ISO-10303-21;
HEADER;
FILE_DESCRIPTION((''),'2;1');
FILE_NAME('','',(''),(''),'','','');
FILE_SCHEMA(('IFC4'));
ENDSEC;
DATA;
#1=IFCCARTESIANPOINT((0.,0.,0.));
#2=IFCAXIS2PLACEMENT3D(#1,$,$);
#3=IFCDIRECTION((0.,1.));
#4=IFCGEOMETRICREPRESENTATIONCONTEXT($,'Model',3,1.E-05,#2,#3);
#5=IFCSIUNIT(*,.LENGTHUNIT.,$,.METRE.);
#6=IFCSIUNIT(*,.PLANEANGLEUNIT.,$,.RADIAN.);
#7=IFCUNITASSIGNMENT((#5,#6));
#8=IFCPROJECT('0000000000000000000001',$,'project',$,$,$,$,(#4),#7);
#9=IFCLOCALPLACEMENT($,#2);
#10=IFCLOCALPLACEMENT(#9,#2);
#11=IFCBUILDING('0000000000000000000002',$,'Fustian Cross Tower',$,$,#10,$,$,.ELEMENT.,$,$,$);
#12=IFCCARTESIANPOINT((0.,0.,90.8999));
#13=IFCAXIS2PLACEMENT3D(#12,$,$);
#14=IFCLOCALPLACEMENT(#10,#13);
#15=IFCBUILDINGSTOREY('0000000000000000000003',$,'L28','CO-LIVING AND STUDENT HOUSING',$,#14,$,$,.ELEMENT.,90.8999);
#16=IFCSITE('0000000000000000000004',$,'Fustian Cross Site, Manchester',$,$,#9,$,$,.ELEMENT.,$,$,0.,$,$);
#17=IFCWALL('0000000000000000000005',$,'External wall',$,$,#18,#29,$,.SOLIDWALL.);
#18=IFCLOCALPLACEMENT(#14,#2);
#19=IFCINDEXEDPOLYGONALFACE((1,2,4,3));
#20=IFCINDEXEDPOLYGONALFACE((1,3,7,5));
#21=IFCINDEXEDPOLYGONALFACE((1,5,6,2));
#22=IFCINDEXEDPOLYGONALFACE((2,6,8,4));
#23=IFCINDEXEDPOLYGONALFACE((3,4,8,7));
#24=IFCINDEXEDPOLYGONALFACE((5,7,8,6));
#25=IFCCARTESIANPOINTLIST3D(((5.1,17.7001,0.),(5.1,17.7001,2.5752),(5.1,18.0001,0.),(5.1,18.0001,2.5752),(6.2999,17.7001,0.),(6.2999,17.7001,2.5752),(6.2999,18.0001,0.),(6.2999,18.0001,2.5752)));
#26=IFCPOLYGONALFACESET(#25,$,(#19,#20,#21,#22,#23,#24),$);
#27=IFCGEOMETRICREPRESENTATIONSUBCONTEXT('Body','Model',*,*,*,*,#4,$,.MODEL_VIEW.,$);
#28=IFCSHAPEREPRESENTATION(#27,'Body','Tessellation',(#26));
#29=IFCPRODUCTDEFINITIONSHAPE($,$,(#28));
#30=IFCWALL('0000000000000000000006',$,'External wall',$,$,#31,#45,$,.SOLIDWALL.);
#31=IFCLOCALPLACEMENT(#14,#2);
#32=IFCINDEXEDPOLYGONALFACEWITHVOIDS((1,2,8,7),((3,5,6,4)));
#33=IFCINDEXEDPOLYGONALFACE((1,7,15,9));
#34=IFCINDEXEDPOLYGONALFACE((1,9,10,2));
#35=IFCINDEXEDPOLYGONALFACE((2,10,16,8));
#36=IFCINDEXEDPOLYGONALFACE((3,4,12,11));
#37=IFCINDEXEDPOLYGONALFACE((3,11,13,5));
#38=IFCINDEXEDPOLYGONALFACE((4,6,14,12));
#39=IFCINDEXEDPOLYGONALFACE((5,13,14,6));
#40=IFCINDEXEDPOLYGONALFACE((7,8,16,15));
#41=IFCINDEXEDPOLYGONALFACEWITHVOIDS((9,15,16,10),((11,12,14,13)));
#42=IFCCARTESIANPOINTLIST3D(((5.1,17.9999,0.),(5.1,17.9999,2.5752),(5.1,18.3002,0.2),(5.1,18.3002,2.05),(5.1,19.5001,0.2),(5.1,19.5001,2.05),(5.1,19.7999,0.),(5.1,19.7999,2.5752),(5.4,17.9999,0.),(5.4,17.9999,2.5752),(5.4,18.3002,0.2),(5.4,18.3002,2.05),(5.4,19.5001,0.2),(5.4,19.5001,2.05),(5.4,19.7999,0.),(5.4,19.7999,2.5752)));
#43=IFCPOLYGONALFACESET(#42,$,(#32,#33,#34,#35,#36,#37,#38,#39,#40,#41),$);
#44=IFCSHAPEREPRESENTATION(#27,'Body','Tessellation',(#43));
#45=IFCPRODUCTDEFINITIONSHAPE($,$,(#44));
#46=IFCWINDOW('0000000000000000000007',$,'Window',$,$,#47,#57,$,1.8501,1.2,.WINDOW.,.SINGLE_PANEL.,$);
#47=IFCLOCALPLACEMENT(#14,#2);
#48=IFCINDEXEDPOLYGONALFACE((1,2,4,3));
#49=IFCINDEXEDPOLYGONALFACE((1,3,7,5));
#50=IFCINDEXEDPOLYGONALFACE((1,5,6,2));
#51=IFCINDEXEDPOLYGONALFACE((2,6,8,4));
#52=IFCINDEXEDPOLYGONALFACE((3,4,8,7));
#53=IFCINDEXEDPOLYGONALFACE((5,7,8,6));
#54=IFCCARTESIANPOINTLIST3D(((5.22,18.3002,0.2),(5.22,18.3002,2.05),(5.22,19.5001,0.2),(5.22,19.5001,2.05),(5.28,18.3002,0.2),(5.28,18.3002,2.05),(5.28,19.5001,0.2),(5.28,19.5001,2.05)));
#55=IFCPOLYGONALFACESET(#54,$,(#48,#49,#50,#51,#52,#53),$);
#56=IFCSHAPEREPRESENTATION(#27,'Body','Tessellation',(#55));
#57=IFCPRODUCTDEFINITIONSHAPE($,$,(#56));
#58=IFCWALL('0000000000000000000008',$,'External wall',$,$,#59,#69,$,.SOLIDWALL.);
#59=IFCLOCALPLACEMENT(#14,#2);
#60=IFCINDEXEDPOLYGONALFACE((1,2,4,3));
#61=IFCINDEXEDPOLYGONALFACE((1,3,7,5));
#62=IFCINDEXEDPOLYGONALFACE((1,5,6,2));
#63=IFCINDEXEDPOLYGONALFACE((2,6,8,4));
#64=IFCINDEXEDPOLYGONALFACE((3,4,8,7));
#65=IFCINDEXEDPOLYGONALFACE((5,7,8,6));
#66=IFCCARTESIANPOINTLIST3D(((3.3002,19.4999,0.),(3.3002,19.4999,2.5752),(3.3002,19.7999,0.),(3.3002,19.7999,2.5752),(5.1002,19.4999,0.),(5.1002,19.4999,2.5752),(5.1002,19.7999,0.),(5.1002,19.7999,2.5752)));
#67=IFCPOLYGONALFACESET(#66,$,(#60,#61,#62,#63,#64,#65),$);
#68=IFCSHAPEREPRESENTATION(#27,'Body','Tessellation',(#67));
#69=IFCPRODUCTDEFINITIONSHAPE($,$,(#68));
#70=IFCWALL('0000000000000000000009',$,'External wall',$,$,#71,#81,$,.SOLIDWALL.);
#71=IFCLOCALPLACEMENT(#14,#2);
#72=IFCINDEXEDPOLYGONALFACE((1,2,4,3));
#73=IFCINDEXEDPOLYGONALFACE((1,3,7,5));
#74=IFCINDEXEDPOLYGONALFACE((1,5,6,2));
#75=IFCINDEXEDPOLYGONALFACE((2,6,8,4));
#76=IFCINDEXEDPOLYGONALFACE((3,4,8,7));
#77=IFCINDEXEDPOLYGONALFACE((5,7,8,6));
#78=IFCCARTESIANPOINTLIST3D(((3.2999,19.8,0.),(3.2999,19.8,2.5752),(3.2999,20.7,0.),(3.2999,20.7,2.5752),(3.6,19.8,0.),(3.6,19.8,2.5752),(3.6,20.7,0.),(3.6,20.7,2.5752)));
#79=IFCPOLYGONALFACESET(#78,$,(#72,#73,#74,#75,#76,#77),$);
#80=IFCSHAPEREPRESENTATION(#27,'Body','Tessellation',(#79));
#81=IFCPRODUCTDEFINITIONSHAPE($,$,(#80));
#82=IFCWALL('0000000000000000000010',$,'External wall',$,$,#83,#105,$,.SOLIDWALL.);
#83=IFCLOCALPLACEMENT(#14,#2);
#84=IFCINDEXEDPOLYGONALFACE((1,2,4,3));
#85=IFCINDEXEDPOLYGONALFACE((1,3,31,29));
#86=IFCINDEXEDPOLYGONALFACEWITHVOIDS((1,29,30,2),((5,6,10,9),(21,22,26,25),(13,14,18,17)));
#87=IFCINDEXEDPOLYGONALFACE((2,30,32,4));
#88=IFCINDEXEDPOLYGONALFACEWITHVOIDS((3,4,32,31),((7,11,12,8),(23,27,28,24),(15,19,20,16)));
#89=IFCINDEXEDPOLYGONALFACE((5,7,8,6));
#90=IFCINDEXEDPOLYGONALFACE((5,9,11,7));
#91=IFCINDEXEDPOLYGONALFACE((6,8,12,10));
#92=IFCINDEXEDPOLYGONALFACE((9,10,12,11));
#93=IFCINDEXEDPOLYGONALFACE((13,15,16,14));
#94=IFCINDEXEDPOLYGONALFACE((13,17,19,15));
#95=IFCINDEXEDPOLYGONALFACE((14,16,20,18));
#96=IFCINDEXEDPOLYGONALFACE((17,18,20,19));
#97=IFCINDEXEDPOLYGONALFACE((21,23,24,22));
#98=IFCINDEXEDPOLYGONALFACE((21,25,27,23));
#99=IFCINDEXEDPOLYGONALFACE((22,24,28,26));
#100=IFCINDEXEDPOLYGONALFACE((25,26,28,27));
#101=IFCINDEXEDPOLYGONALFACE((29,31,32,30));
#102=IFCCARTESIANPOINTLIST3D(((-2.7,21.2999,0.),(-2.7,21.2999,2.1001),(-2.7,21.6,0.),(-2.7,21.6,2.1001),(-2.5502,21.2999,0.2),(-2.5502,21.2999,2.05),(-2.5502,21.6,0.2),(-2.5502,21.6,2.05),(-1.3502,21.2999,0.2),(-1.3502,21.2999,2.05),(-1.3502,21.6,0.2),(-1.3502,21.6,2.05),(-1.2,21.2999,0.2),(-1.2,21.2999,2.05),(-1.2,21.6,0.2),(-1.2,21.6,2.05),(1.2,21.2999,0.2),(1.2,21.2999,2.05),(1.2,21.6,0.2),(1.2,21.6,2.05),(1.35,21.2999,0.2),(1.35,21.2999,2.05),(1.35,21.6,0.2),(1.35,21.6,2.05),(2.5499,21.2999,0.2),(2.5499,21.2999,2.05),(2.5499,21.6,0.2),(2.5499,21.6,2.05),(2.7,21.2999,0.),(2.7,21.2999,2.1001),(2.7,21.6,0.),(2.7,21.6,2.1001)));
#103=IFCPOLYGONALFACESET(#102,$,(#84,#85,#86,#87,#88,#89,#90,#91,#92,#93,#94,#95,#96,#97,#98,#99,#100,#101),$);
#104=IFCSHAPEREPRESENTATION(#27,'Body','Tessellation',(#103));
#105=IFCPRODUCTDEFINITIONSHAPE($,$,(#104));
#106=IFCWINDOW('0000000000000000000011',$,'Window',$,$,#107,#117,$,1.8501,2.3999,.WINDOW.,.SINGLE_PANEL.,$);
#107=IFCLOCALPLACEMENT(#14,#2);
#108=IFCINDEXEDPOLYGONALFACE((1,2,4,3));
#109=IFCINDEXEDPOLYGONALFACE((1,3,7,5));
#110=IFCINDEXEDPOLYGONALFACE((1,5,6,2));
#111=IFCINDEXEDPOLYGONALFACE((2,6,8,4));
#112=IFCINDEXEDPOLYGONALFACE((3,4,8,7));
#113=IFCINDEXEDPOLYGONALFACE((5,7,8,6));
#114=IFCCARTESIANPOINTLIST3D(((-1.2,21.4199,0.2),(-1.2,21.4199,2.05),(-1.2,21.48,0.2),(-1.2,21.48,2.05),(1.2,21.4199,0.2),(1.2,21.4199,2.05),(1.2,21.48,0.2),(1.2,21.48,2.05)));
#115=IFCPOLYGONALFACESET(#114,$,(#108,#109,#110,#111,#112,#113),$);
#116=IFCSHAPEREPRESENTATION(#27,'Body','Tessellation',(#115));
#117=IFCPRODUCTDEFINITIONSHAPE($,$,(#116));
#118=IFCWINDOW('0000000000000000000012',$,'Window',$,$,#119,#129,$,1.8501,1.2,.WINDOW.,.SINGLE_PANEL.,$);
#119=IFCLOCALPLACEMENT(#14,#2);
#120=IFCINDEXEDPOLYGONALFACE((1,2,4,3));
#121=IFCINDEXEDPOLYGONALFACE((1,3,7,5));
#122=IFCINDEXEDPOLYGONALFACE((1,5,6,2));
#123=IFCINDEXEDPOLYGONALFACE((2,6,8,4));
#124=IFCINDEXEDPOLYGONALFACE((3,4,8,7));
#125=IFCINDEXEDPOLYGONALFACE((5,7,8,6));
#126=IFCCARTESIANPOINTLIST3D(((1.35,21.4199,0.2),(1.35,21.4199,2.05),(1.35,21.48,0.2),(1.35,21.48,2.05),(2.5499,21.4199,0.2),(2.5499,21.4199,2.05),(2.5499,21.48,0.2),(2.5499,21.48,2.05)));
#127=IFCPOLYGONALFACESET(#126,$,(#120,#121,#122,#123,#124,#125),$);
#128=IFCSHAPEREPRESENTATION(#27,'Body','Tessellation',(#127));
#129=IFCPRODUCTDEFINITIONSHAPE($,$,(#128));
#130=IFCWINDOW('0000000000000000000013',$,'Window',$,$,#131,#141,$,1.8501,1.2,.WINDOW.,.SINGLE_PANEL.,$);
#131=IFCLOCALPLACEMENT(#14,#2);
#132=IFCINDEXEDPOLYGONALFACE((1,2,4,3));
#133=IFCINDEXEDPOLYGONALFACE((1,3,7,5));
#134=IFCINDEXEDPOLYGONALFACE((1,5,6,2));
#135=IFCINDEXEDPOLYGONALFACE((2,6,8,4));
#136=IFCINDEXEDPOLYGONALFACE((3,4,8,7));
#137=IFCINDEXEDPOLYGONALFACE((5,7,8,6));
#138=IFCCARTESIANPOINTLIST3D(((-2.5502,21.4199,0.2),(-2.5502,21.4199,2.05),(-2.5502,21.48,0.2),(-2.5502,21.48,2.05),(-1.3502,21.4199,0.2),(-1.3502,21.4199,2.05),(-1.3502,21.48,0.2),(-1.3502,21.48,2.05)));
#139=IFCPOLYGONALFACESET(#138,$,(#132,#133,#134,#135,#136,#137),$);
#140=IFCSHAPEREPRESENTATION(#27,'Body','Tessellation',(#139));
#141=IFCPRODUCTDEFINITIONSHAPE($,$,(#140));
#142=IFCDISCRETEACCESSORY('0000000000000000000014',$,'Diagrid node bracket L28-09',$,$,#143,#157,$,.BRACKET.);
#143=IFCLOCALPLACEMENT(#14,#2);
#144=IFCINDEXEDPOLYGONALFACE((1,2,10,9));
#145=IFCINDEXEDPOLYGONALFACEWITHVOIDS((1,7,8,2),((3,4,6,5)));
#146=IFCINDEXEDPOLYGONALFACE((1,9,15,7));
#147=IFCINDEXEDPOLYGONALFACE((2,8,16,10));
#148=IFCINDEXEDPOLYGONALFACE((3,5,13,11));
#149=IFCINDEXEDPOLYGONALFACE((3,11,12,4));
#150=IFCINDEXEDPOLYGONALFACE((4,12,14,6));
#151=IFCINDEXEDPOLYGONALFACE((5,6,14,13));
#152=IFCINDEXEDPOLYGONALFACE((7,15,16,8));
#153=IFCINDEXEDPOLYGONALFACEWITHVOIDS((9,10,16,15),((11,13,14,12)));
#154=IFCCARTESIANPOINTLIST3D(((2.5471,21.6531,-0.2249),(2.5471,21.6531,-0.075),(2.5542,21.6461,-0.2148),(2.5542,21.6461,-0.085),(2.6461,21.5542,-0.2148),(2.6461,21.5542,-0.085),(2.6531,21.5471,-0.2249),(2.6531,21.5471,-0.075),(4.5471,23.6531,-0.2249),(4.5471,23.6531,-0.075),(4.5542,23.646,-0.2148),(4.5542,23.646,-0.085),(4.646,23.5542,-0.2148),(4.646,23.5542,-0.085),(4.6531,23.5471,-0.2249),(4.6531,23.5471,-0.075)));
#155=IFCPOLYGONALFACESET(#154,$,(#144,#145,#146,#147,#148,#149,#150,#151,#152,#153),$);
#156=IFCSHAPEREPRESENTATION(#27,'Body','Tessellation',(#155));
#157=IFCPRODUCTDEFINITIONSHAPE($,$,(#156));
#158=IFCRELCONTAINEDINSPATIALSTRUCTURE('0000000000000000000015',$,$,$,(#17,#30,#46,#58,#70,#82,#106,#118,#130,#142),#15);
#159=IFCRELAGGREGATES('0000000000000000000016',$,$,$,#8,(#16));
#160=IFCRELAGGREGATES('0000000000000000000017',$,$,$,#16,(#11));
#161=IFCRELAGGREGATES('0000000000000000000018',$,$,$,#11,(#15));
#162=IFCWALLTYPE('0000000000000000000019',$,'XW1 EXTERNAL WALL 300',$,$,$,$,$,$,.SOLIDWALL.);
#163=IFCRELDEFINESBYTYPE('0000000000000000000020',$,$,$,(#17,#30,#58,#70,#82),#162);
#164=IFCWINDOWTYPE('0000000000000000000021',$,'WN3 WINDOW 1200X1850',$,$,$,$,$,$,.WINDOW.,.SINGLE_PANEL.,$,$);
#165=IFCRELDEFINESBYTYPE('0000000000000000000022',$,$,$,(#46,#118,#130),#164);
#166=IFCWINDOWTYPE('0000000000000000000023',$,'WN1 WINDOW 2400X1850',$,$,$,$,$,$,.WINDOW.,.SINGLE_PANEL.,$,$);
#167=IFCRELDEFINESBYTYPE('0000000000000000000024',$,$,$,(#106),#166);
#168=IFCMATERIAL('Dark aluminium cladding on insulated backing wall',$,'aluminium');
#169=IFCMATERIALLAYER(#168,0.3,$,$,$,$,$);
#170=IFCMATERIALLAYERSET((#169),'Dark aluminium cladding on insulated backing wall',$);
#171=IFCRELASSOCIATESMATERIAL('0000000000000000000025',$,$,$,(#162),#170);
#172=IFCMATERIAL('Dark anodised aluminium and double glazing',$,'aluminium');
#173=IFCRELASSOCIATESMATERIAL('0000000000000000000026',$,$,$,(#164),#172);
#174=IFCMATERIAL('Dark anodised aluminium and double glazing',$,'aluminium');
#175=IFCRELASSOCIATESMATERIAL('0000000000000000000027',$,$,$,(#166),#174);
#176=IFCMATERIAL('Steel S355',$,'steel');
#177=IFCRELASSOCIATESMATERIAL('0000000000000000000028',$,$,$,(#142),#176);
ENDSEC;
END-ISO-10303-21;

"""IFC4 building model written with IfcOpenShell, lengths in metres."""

from ifc_helpers import new_model, si_unit, direction, frame, frame_2d, origin, origin_2d, place, context, subcontext, project, spatial, rectangle, hollow_rectangle, extrude, material, layer, layer_set, type_object, element, fill, save


model = new_model("IFC4")

# Units and contexts
model_context = context("Model", 3, precision=1e-05, world=origin(), true_north=direction((0.0, 1.0)))
body_context = subcontext(model_context, "Body", "Model", "MODEL_VIEW")
ifc_project = project(units=[si_unit("LENGTHUNIT", "METRE"), si_unit("PLANEANGLEUNIT", "RADIAN")], contexts=[model_context])

# Site, building, storey
site_placement = place(None, origin())
site = spatial("IfcSite", under=ifc_project, at=site_placement, Name="Fustian Cross Site, Manchester", CompositionType="ELEMENT", RefElevation=0.0)
building_placement = place(site_placement, origin())
building = spatial("IfcBuilding", under=site, at=building_placement, Name="Fustian Cross Tower", CompositionType="ELEMENT")
storey_placement = place(building_placement, frame((0.0, 0.0, 90.8999)))
storey = spatial("IfcBuildingStorey", under=building, at=storey_placement, Name="L28", Description="CO-LIVING AND STUDENT HOUSING", CompositionType="ELEMENT", Elevation=90.8999)

# Wall
ifc_material_1 = material(Name="Dark aluminium cladding on insulated backing wall", Category="aluminium")
ifc_layer_1 = layer(ifc_material_1, 0.3)
ifc_layer_set_1 = layer_set([ifc_layer_1], Name="Dark aluminium cladding on insulated backing wall")
wall_type_1 = type_object("IfcWallType", Name="XW1 EXTERNAL WALL 300", PredefinedType="SOLIDWALL", material=ifc_layer_set_1)
wall_1_placement = place(storey_placement, frame((6.3, 17.8501, 0.0), z_axis=(0.0, 0.0, 1.0), x_axis=(-1.0, 0.0, 0.0)))
element("IfcWall", 1, at=wall_1_placement, inside=storey, type_object=wall_type_1, Name="External wall", PredefinedType="SOLIDWALL", context=body_context, shape_type="SweptSolid", body=[
    extrude(rectangle(XDim=1.2, YDim=0.3, at=frame_2d((0.6001, 0.0))), origin(), (0.0, 0.0, 1.0), 2.5752),
])

# Wall, opening, window
wall_2_placement = place(storey_placement, frame((5.25, 18.0, 0.0), z_axis=(0.0, 0.0, 1.0), x_axis=(0.0, 1.0, 0.0)))
wall_2 = element("IfcWall", 2, at=wall_2_placement, inside=storey, type_object=wall_type_1, Name="External wall", PredefinedType="SOLIDWALL", context=body_context, shape_type="SweptSolid", body=[
    extrude(rectangle(XDim=1.8, YDim=0.3, at=frame_2d((0.8999, 0.0))), origin(), (0.0, 0.0, 1.0), 2.5752),
])
opening_1_placement = place(wall_2_placement, frame((0.3, 0.0, 0.2)))
opening_1 = element("IfcOpeningElement", 3, at=opening_1_placement, cuts=wall_2, PredefinedType="OPENING", context=body_context, shape_type="SweptSolid", body=[
    extrude(rectangle(XDim=1.2, YDim=1.8501, at=frame_2d((0.6001, 0.925))), frame((0.0, 0.1599, 0.0), z_axis=(0.0, -1.0, 0.0), x_axis=(1.0, 0.0, 0.0)), (0.0, 0.0, 1.0), 0.3201),
])
ifc_material_2 = material(Name="Dark anodised aluminium and double glazing", Category="aluminium")
window_type_1 = type_object("IfcWindowType", Name="WN3 WINDOW 1200X1850", PartitioningType="SINGLE_PANEL", PredefinedType="WINDOW", material=ifc_material_2)
window_1_placement = place(opening_1_placement, origin())
window_1 = element("IfcWindow", 4, at=window_1_placement, inside=storey, type_object=window_type_1, Name="Window", OverallHeight=1.8501, OverallWidth=1.2, PartitioningType="SINGLE_PANEL", PredefinedType="WINDOW", context=body_context, shape_type="SweptSolid", body=[
    extrude(rectangle(XDim=1.2, YDim=1.8501, at=frame_2d((0.6001, 0.925))), frame((0.0, 0.03, 0.0), z_axis=(0.0, -1.0, 0.0), x_axis=(1.0, 0.0, 0.0)), (0.0, 0.0, 1.0), 0.0601),
])
fill(opening_1, window_1)

# Walls
wall_3_placement = place(storey_placement, frame((5.1001, 19.6499, 0.0), z_axis=(0.0, 0.0, 1.0), x_axis=(-1.0, 0.0, 0.0)))
element("IfcWall", 5, at=wall_3_placement, inside=storey, type_object=wall_type_1, Name="External wall", PredefinedType="SOLIDWALL", context=body_context, shape_type="SweptSolid", body=[
    extrude(rectangle(XDim=1.8, YDim=0.3, at=frame_2d((0.8999, 0.0))), origin(), (0.0, 0.0, 1.0), 2.5752),
])
wall_4_placement = place(storey_placement, frame((3.45, 19.8, 0.0), z_axis=(0.0, 0.0, 1.0), x_axis=(0.0, 1.0, 0.0)))
element("IfcWall", 6, at=wall_4_placement, inside=storey, type_object=wall_type_1, Name="External wall", PredefinedType="SOLIDWALL", context=body_context, shape_type="SweptSolid", body=[
    extrude(rectangle(XDim=0.8999, YDim=0.3, at=frame_2d((0.45, 0.0))), origin(), (0.0, 0.0, 1.0), 2.5752),
])

# Wall, openings, windows
wall_5_placement = place(storey_placement, frame((2.7, 21.45, 0.0), z_axis=(0.0, 0.0, 1.0), x_axis=(-1.0, 0.0, 0.0)))
wall_5 = element("IfcWall", 7, at=wall_5_placement, inside=storey, type_object=wall_type_1, Name="External wall", PredefinedType="SOLIDWALL", context=body_context, shape_type="SweptSolid", body=[
    extrude(rectangle(XDim=5.3999, YDim=0.3, at=frame_2d((2.7, 0.0))), origin(), (0.0, 0.0, 1.0), 2.1001),
])
opening_2_placement = place(wall_5_placement, frame((1.5, 0.0, 0.2)))
opening_2 = element("IfcOpeningElement", 8, at=opening_2_placement, cuts=wall_5, PredefinedType="OPENING", context=body_context, shape_type="SweptSolid", body=[
    extrude(rectangle(XDim=2.3999, YDim=1.8501, at=frame_2d((1.2, 0.925))), frame((0.0, 0.1599, 0.0), z_axis=(0.0, -1.0, 0.0), x_axis=(1.0, 0.0, 0.0)), (0.0, 0.0, 1.0), 0.3201),
])
opening_3_placement = place(wall_5_placement, frame((0.1499, 0.0, 0.2)))
opening_3 = element("IfcOpeningElement", 9, at=opening_3_placement, cuts=wall_5, PredefinedType="OPENING", context=body_context, shape_type="SweptSolid", body=[
    extrude(rectangle(XDim=1.2, YDim=1.8501, at=frame_2d((0.6001, 0.925))), frame((0.0, 0.1599, 0.0), z_axis=(0.0, -1.0, 0.0), x_axis=(1.0, 0.0, 0.0)), (0.0, 0.0, 1.0), 0.3201),
])
opening_4_placement = place(wall_5_placement, frame((4.05, 0.0, 0.2)))
opening_4 = element("IfcOpeningElement", 10, at=opening_4_placement, cuts=wall_5, PredefinedType="OPENING", context=body_context, shape_type="SweptSolid", body=[
    extrude(rectangle(XDim=1.2, YDim=1.8501, at=frame_2d((0.6001, 0.925))), frame((0.0, 0.1599, 0.0), z_axis=(0.0, -1.0, 0.0), x_axis=(1.0, 0.0, 0.0)), (0.0, 0.0, 1.0), 0.3201),
])
ifc_material_3 = material(Name="Dark anodised aluminium and double glazing", Category="aluminium")
window_type_2 = type_object("IfcWindowType", Name="WN1 WINDOW 2400X1850", PartitioningType="SINGLE_PANEL", PredefinedType="WINDOW", material=ifc_material_3)
window_2_placement = place(opening_2_placement, origin())
window_2 = element("IfcWindow", 11, at=window_2_placement, inside=storey, type_object=window_type_2, Name="Window", OverallHeight=1.8501, OverallWidth=2.3999, PartitioningType="SINGLE_PANEL", PredefinedType="WINDOW", context=body_context, shape_type="SweptSolid", body=[
    extrude(rectangle(XDim=2.3999, YDim=1.8501, at=frame_2d((1.2, 0.925))), frame((0.0, 0.03, 0.0), z_axis=(0.0, -1.0, 0.0), x_axis=(1.0, 0.0, 0.0)), (0.0, 0.0, 1.0), 0.0601),
])
fill(opening_2, window_2)
window_3_placement = place(opening_3_placement, origin())
window_3 = element("IfcWindow", 12, at=window_3_placement, inside=storey, type_object=window_type_1, Name="Window", OverallHeight=1.8501, OverallWidth=1.2, PartitioningType="SINGLE_PANEL", PredefinedType="WINDOW", context=body_context, shape_type="SweptSolid", body=[
    extrude(rectangle(XDim=1.2, YDim=1.8501, at=frame_2d((0.6001, 0.925))), frame((0.0, 0.03, 0.0), z_axis=(0.0, -1.0, 0.0), x_axis=(1.0, 0.0, 0.0)), (0.0, 0.0, 1.0), 0.0601),
])
fill(opening_3, window_3)
window_4_placement = place(opening_4_placement, origin())
window_4 = element("IfcWindow", 13, at=window_4_placement, inside=storey, type_object=window_type_1, Name="Window", OverallHeight=1.8501, OverallWidth=1.2, PartitioningType="SINGLE_PANEL", PredefinedType="WINDOW", context=body_context, shape_type="SweptSolid", body=[
    extrude(rectangle(XDim=1.2, YDim=1.8501, at=frame_2d((0.6001, 0.925))), frame((0.0, 0.03, 0.0), z_axis=(0.0, -1.0, 0.0), x_axis=(1.0, 0.0, 0.0)), (0.0, 0.0, 1.0), 0.0601),
])
fill(opening_4, window_4)

# Discrete accessory
ifc_material_4 = material(Name="Steel S355", Category="steel")
discrete_accessory_placement = place(storey_placement, frame((4.6001, 23.6001, -0.1499), z_axis=(-0.707107, -0.707107, 0.0), x_axis=(0.707107, -0.707107, 0.0)))
element("IfcDiscreteAccessory", 14, at=discrete_accessory_placement, inside=storey, material=ifc_material_4, Name="Diagrid node bracket L28-09", PredefinedType="BRACKET", context=body_context, shape_type="SweptSolid", body=[
    extrude(hollow_rectangle(XDim=0.1499, YDim=0.1499, WallThickness=0.01, at=origin_2d()), origin(), (0.0, 0.0, 1.0), 2.8284),
])

save(model, "model.ifc")
